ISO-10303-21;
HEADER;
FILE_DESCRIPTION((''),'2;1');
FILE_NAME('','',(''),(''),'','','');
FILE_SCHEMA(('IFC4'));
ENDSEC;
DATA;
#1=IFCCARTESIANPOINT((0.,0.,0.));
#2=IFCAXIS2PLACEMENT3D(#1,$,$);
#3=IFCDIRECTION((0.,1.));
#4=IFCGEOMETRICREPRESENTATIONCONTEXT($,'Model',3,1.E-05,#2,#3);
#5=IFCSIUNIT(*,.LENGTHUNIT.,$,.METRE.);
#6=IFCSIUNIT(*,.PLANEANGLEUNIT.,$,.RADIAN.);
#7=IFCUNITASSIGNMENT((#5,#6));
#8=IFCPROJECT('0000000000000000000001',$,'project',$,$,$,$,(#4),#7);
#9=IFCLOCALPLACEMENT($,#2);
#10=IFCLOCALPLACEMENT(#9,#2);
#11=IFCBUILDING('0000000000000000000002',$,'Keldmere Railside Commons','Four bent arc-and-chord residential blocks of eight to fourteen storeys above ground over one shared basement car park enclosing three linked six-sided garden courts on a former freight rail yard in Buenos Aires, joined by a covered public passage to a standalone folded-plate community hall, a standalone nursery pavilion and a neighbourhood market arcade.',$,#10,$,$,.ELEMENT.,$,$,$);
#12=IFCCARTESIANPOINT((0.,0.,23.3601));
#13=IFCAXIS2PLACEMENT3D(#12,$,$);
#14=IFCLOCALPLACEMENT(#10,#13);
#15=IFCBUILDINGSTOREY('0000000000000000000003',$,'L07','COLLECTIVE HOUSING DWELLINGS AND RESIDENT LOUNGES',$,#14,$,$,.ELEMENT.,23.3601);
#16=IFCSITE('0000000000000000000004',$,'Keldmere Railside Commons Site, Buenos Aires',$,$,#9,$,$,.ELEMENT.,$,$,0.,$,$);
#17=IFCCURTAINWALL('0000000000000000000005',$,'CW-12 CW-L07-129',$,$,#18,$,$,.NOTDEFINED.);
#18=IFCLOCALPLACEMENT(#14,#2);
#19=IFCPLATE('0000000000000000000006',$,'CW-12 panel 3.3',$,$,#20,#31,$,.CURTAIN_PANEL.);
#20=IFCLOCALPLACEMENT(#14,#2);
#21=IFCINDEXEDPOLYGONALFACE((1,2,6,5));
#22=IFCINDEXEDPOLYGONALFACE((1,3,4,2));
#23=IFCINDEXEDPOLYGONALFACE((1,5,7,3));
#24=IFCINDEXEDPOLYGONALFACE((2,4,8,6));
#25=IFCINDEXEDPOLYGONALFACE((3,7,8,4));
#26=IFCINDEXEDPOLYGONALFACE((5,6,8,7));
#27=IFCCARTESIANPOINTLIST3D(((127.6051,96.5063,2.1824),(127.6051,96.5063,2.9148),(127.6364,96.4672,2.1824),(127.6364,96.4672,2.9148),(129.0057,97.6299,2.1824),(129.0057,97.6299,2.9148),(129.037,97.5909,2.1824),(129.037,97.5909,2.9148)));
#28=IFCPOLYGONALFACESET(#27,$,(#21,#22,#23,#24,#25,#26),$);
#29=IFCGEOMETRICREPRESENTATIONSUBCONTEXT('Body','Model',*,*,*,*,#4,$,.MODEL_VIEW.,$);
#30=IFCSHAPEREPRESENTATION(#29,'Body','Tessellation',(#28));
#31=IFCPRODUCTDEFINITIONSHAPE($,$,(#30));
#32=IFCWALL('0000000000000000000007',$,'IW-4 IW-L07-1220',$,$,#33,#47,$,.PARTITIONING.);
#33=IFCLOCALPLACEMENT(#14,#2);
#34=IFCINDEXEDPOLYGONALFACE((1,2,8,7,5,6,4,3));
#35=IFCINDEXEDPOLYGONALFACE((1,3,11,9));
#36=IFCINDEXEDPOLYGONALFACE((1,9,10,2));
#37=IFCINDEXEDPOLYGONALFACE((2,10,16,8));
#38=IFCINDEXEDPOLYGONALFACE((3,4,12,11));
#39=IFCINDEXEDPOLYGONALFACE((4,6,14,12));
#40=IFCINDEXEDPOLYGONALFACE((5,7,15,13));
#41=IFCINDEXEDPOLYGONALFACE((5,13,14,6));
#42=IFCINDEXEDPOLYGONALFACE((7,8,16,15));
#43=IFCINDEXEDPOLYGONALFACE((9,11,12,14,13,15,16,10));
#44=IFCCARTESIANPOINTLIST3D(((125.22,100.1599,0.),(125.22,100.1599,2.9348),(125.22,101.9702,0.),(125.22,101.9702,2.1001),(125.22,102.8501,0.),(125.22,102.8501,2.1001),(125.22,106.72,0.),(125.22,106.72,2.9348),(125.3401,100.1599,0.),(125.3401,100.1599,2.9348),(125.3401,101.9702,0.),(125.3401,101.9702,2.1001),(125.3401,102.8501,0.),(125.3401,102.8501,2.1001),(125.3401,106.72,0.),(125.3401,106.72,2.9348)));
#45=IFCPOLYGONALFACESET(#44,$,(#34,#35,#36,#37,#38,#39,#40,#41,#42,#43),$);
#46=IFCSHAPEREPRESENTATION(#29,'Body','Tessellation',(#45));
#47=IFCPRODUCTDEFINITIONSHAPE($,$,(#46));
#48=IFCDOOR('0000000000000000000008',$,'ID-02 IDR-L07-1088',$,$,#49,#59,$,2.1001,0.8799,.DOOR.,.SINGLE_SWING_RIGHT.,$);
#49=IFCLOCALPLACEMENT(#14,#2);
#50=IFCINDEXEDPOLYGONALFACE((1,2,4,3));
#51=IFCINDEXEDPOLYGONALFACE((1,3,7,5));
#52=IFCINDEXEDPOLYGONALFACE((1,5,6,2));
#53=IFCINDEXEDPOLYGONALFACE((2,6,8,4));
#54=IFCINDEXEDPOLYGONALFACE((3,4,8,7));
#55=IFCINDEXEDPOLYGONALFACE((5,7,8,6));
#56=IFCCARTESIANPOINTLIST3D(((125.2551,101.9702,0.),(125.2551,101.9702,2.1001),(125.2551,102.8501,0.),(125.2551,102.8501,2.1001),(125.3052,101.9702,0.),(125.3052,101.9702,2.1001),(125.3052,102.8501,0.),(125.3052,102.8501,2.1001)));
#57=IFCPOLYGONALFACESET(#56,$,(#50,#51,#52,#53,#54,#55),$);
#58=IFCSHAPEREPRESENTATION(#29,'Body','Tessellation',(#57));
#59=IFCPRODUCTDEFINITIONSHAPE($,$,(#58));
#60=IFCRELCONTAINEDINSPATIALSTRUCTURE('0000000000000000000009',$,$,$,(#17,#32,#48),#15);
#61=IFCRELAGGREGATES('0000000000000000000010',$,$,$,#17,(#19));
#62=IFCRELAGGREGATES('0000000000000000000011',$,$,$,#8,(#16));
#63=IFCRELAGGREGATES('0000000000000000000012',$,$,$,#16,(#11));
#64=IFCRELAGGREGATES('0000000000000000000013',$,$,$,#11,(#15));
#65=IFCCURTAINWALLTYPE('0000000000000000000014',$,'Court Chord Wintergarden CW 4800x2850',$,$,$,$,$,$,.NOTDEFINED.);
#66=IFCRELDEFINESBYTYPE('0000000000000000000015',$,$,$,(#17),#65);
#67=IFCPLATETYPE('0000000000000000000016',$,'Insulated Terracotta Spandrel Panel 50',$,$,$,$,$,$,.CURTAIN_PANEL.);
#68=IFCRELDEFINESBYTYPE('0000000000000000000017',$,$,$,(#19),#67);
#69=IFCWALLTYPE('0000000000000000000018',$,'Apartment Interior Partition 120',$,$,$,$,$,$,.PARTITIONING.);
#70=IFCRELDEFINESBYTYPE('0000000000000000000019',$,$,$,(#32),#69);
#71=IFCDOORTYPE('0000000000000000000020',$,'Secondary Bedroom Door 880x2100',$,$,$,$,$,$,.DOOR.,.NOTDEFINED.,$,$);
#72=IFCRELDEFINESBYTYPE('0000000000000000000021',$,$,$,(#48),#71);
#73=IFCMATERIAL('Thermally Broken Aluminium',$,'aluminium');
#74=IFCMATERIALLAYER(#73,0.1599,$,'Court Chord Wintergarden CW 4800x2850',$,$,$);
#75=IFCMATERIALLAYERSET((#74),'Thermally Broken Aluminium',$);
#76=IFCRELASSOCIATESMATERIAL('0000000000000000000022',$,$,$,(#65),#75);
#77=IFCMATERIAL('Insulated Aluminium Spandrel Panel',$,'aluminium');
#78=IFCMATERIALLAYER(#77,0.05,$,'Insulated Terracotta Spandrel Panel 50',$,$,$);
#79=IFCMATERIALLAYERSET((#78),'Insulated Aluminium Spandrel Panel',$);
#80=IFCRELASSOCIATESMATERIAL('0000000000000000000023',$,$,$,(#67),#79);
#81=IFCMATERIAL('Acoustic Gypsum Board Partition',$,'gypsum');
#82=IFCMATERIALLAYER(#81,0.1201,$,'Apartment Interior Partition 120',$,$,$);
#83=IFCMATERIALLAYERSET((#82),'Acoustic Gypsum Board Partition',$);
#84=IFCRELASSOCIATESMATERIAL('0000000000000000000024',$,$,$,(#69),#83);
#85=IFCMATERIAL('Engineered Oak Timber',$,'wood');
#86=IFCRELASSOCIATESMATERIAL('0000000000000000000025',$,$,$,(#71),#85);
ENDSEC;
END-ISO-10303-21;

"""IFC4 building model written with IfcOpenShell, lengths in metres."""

from ifc_helpers import new_model, si_unit, direction, frame, frame_2d, origin, origin_2d, place, context, subcontext, project, spatial, rectangle, extrude, material, layer, layer_set, type_object, element, fill, aggregate, save


model = new_model("IFC4")

# Units and contexts
model_context = context("Model", 3, precision=1e-05, world=origin(), true_north=direction((0.0, 1.0)))
body_context = subcontext(model_context, "Body", "Model", "MODEL_VIEW")
ifc_project = project(units=[si_unit("LENGTHUNIT", "METRE"), si_unit("PLANEANGLEUNIT", "RADIAN")], contexts=[model_context])

# Site, building, storey
site_placement = place(None, origin())
site = spatial("IfcSite", under=ifc_project, at=site_placement, Name="Keldmere Railside Commons Site, Buenos Aires", CompositionType="ELEMENT", RefElevation=0.0)
building_placement = place(site_placement, origin())
building = spatial("IfcBuilding", under=site, at=building_placement, Name="Keldmere Railside Commons", Description="Four bent arc-and-chord residential blocks of eight to fourteen storeys above ground over one shared basement car park enclosing three linked six-sided garden courts on a former freight rail yard in Buenos Aires, joined by a covered public passage to a standalone folded-plate community hall, a standalone nursery pavilion and a neighbourhood market arcade.", CompositionType="ELEMENT")
storey_placement = place(building_placement, frame((0.0, 0.0, 23.3601)))
storey = spatial("IfcBuildingStorey", under=building, at=storey_placement, Name="L07", Description="COLLECTIVE HOUSING DWELLINGS AND RESIDENT LOUNGES", CompositionType="ELEMENT", Elevation=23.3601)

# Shared definitions
ifc_material_1 = material(Name="Thermally Broken Aluminium", Category="aluminium")

# Curtain wall
ifc_layer_1 = layer(ifc_material_1, 0.1599, Name="Court Chord Wintergarden CW 4800x2850")
ifc_layer_set_1 = layer_set([ifc_layer_1], Name="Thermally Broken Aluminium")
curtain_wall_type_1 = type_object("IfcCurtainWallType", Name="Court Chord Wintergarden CW 4800x2850", PredefinedType="NOTDEFINED", material=ifc_layer_set_1)
curtain_wall_1_placement = place(storey_placement, origin())
curtain_wall_1 = element("IfcCurtainWall", 1, at=curtain_wall_1_placement, inside=storey, type_object=curtain_wall_type_1, Name="CW-12 CW-L07-129", PredefinedType="NOTDEFINED")

# Plate
ifc_material_2 = material(Name="Insulated Aluminium Spandrel Panel", Category="aluminium")
ifc_layer_2 = layer(ifc_material_2, 0.05, Name="Insulated Terracotta Spandrel Panel 50")
ifc_layer_set_2 = layer_set([ifc_layer_2], Name="Insulated Aluminium Spandrel Panel")
plate_type_1 = type_object("IfcPlateType", Name="Insulated Terracotta Spandrel Panel 50", PredefinedType="CURTAIN_PANEL", material=ifc_layer_set_2)
plate_1_placement = place(storey_placement, frame((128.321, 97.0486, 2.1824), z_axis=(0.0, 0.0, 1.0), x_axis=(-0.780009, -0.625768, 0.0)))
plate_1 = element("IfcPlate", 2, at=plate_1_placement, type_object=plate_type_1, Name="CW-12 panel 3.3", PredefinedType="CURTAIN_PANEL", context=body_context, shape_type="SweptSolid", body=[
    extrude(rectangle(XDim=1.7957, YDim=0.05, at=origin_2d()), origin(), (0.0, 0.0, 1.0), 0.7324),
])
aggregate(curtain_wall_1, [plate_1])

# Wall, opening, door
ifc_material_3 = material(Name="Acoustic Gypsum Board Partition", Category="gypsum")
ifc_layer_3 = layer(ifc_material_3, 0.1201, Name="Apartment Interior Partition 120")
ifc_layer_set_3 = layer_set([ifc_layer_3], Name="Acoustic Gypsum Board Partition")
wall_type = type_object("IfcWallType", Name="Apartment Interior Partition 120", PredefinedType="PARTITIONING", material=ifc_layer_set_3)
wall_placement = place(storey_placement, frame((125.28, 100.1599, 0.0), z_axis=(0.0, 0.0, 1.0), x_axis=(0.0, 1.0, 0.0)))
wall = element("IfcWall", 3, at=wall_placement, inside=storey, type_object=wall_type, Name="IW-4 IW-L07-1220", PredefinedType="PARTITIONING", context=body_context, shape_type="SweptSolid", body=[
    extrude(rectangle(XDim=6.5601, YDim=0.1201, at=frame_2d((3.28, 0.0))), origin(), (0.0, 0.0, 1.0), 2.9348),
])
opening_placement = place(wall_placement, frame((1.8103, 0.0, 0.0)))
opening = element("IfcOpeningElement", 4, at=opening_placement, cuts=wall, PredefinedType="OPENING", context=body_context, shape_type="SweptSolid", body=[
    extrude(rectangle(XDim=0.8799, YDim=2.1001, at=frame_2d((0.4399, 1.05))), frame((0.0, 0.0701, 0.0), z_axis=(0.0, -1.0, 0.0), x_axis=(1.0, 0.0, 0.0)), (0.0, 0.0, 1.0), 0.1401),
])
ifc_material_4 = material(Name="Engineered Oak Timber", Category="wood")
door_type = type_object("IfcDoorType", Name="Secondary Bedroom Door 880x2100", OperationType="NOTDEFINED", PredefinedType="DOOR", material=ifc_material_4)
door_placement = place(opening_placement, origin())
door = element("IfcDoor", 5, at=door_placement, inside=storey, type_object=door_type, Name="ID-02 IDR-L07-1088", OperationType="SINGLE_SWING_RIGHT", OverallHeight=2.1001, OverallWidth=0.8799, PredefinedType="DOOR", context=body_context, shape_type="SweptSolid", body=[
    extrude(rectangle(XDim=0.8799, YDim=2.1001, at=frame_2d((0.4399, 1.05))), frame((0.0, 0.0249, 0.0), z_axis=(0.0, -1.0, 0.0), x_axis=(1.0, 0.0, 0.0)), (0.0, 0.0, 1.0), 0.05),
])
fill(opening, door)

save(model, "model.ifc")
